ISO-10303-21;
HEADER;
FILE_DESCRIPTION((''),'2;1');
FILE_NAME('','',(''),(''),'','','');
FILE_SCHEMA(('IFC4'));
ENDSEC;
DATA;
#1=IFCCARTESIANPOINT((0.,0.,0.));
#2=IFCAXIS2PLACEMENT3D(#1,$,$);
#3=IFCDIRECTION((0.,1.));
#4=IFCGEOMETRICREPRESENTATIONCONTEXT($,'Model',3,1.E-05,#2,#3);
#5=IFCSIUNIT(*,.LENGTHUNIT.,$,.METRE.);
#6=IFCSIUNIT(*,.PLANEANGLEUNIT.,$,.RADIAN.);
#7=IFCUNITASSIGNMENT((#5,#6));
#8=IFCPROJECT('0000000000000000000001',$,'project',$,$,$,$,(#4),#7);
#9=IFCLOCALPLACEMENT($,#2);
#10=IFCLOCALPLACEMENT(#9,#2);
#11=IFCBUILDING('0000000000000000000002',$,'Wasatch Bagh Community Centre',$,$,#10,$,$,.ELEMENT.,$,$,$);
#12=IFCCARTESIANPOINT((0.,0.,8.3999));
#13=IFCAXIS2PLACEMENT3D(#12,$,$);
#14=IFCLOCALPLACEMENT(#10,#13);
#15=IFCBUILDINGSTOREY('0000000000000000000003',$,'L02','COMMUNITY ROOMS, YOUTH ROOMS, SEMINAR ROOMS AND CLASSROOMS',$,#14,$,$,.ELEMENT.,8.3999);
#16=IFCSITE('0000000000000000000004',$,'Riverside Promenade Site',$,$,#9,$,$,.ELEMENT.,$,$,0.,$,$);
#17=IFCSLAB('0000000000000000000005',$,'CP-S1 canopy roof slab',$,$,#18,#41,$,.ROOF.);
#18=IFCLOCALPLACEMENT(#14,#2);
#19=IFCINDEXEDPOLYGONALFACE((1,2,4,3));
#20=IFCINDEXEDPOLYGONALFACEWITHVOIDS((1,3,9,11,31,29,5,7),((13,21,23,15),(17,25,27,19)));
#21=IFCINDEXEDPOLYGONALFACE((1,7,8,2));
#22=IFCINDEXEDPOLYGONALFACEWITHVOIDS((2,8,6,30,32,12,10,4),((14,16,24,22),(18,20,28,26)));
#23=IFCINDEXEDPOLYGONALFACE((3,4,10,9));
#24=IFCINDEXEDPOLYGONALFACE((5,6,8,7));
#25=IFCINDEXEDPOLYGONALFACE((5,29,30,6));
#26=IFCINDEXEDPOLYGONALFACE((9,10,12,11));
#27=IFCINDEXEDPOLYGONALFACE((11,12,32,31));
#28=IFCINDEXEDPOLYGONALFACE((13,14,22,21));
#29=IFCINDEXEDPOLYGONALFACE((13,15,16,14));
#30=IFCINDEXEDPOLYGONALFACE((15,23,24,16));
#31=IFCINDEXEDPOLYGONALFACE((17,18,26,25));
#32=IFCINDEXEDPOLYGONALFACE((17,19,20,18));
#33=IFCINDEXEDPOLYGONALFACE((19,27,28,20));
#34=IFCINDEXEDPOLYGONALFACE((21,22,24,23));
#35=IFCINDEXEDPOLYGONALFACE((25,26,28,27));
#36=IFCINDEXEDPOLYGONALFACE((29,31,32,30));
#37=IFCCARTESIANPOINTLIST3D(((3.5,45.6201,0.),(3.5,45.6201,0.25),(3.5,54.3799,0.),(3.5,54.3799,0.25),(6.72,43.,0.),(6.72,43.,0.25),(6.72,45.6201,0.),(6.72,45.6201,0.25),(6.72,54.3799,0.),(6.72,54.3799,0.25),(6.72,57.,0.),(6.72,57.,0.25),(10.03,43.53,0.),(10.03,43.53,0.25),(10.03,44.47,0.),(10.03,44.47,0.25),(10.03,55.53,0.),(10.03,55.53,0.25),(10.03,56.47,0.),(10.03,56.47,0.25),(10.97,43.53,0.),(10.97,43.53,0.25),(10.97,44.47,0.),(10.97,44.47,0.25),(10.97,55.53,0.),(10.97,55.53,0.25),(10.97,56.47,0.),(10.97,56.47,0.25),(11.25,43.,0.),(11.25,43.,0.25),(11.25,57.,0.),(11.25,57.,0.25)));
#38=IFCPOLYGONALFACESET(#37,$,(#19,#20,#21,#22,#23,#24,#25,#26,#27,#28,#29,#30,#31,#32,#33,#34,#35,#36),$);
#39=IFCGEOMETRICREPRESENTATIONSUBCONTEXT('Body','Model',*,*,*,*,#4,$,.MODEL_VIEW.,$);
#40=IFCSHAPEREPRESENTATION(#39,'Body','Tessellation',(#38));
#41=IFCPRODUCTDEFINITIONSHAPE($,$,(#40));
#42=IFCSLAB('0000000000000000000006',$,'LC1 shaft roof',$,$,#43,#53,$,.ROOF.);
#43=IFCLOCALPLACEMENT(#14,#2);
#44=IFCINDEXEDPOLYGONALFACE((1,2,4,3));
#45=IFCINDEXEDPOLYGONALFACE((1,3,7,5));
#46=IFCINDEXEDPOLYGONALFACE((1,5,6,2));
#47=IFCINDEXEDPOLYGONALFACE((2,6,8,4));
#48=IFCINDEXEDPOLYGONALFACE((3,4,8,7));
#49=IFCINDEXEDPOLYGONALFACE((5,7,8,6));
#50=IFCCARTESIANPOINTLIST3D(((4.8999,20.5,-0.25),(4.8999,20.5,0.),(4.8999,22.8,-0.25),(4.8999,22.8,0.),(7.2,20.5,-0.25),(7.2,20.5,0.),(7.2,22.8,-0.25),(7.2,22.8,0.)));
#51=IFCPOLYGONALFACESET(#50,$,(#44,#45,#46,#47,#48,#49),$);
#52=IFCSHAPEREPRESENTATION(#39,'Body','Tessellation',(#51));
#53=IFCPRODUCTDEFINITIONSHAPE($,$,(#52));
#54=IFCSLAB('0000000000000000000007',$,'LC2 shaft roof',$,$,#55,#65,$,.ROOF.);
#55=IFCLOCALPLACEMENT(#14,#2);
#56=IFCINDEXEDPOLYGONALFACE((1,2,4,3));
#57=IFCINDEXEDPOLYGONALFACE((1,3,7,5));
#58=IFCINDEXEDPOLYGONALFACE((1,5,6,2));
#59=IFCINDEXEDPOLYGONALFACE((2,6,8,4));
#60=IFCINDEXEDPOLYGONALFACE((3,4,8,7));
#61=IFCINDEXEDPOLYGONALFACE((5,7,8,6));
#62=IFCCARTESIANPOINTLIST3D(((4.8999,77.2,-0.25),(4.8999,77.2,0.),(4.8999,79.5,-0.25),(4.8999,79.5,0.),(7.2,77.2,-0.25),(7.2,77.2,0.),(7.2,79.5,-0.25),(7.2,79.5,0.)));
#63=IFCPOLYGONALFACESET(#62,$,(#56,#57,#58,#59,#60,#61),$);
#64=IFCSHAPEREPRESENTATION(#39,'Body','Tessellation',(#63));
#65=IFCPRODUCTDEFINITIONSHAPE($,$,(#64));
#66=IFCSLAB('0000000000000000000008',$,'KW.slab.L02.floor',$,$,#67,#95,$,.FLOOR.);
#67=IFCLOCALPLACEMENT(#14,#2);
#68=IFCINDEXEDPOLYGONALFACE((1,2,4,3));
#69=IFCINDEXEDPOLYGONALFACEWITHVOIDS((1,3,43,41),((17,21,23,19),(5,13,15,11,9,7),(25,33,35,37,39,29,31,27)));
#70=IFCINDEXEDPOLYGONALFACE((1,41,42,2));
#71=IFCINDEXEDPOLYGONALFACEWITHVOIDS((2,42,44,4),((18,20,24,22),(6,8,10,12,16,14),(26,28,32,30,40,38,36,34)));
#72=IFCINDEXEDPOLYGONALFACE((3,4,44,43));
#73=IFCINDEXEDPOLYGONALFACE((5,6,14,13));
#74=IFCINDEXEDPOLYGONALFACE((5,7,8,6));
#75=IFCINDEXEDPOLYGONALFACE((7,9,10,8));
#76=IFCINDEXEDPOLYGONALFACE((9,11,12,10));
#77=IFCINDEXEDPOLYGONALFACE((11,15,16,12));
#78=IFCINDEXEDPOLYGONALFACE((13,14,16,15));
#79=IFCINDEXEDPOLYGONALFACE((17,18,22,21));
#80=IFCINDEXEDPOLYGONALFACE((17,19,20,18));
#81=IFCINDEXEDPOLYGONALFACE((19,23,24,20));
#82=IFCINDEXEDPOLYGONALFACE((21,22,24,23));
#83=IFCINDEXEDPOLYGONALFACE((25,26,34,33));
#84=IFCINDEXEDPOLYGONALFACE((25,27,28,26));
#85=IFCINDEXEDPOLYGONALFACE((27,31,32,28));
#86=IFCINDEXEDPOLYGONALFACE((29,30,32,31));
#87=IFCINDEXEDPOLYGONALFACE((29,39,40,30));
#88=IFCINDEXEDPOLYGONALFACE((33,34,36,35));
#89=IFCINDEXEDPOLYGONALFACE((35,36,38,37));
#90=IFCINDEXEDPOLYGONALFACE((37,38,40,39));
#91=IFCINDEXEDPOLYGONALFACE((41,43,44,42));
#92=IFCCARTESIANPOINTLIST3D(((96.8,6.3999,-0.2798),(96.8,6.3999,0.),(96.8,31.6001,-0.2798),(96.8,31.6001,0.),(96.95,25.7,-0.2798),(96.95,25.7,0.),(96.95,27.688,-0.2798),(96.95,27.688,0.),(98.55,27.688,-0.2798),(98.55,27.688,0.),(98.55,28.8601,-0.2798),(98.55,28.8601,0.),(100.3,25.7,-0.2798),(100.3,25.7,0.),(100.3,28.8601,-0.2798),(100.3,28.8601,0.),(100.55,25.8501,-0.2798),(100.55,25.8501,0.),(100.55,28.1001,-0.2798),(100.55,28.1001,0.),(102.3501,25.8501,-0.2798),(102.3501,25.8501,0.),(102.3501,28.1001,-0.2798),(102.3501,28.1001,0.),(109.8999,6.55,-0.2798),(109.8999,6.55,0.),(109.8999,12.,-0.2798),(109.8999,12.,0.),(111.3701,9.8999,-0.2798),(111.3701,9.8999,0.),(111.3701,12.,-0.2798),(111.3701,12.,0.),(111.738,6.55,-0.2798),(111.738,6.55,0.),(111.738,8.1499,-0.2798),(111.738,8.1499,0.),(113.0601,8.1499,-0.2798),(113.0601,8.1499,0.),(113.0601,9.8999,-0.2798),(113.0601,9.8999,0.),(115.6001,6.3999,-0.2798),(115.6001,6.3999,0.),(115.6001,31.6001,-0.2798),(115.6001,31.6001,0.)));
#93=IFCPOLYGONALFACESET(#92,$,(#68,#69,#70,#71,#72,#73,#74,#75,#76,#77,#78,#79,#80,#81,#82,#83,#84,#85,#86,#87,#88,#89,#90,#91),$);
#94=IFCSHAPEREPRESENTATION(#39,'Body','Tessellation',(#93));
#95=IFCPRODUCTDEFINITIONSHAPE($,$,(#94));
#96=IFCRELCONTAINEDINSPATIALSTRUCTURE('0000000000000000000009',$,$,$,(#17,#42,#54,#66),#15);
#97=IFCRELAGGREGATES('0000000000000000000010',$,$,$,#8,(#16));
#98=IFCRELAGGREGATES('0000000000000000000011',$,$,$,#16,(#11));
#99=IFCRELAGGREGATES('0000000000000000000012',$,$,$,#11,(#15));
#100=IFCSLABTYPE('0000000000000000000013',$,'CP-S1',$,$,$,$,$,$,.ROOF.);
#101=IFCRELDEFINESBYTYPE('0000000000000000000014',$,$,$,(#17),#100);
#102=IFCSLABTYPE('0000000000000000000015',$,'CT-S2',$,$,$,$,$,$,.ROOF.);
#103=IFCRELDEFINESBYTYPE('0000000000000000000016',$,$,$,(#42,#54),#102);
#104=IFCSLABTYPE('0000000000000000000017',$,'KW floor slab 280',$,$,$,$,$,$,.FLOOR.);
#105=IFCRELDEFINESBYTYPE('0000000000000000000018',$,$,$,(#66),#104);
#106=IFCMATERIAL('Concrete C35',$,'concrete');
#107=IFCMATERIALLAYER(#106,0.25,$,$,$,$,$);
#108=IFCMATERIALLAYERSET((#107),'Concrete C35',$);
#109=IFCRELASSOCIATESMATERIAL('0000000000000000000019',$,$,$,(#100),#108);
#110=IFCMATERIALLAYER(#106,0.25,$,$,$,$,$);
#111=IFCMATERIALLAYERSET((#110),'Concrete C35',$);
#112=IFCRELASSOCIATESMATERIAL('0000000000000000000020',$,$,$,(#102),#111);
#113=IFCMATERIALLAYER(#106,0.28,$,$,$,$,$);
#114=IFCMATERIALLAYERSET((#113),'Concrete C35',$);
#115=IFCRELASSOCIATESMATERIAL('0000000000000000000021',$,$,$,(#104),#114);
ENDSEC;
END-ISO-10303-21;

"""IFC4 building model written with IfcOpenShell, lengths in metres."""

from ifc_helpers import new_model, si_unit, direction, frame, origin, place, context, subcontext, project, spatial, polyline, outline, extrude, material, layer, layer_set, type_object, element, save


model = new_model("IFC4")

# Units and contexts
model_context = context("Model", 3, precision=1e-05, world=origin(), true_north=direction((0.0, 1.0)))
body_context = subcontext(model_context, "Body", "Model", "MODEL_VIEW")
ifc_project = project(units=[si_unit("LENGTHUNIT", "METRE"), si_unit("PLANEANGLEUNIT", "RADIAN")], contexts=[model_context])

# Site, building, storey
site_placement = place(None, origin())
site = spatial("IfcSite", under=ifc_project, at=site_placement, Name="Riverside Promenade Site", CompositionType="ELEMENT", RefElevation=0.0)
building_placement = place(site_placement, origin())
building = spatial("IfcBuilding", under=site, at=building_placement, Name="Wasatch Bagh Community Centre", CompositionType="ELEMENT")
storey_placement = place(building_placement, frame((0.0, 0.0, 8.3999)))
storey = spatial("IfcBuildingStorey", under=building, at=storey_placement, Name="L02", Description="COMMUNITY ROOMS, YOUTH ROOMS, SEMINAR ROOMS AND CLASSROOMS", CompositionType="ELEMENT", Elevation=8.3999)

# Slabs
ifc_material_1 = material(Name="Concrete C35", Category="concrete")
ifc_layer_1 = layer(ifc_material_1, 0.25)
ifc_layer_set_1 = layer_set([ifc_layer_1], Name="Concrete C35")
slab_type_1 = type_object("IfcSlabType", Name="CP-S1", PredefinedType="ROOF", material=ifc_layer_set_1)
slab_1_placement = place(storey_placement, origin())
element("IfcSlab", 1, at=slab_1_placement, inside=storey, type_object=slab_type_1, Name="CP-S1 canopy roof slab", PredefinedType="ROOF", context=body_context, shape_type="SweptSolid", body=[
    extrude(outline(polyline([(11.25, 57.0), (11.25, 43.0), (6.72, 43.0), (6.72, 45.6201), (3.5, 45.6201), (3.5, 54.3799), (6.72, 54.3799), (6.72, 57.0), (11.25, 57.0)]), holes=[polyline([(10.03, 43.53), (10.97, 43.53), (10.97, 44.47), (10.03, 44.47), (10.03, 43.53)]), polyline([(10.03, 55.53), (10.97, 55.53), (10.97, 56.47), (10.03, 56.47), (10.03, 55.53)])]), origin(), (0.0, 0.0, 1.0), 0.25),
])
ifc_layer_2 = layer(ifc_material_1, 0.25)
ifc_layer_set_2 = layer_set([ifc_layer_2], Name="Concrete C35")
slab_type_2 = type_object("IfcSlabType", Name="CT-S2", PredefinedType="ROOF", material=ifc_layer_set_2)
slab_2_placement = place(storey_placement, frame((0.0, 0.0, -0.25)))
element("IfcSlab", 2, at=slab_2_placement, inside=storey, type_object=slab_type_2, Name="LC1 shaft roof", PredefinedType="ROOF", context=body_context, shape_type="SweptSolid", body=[
    extrude(outline(polyline([(4.8999, 20.5), (7.2, 20.5), (7.2, 22.8), (4.8999, 22.8), (4.8999, 20.5)])), origin(), (0.0, 0.0, 1.0), 0.25),
])
slab_3_placement = place(storey_placement, frame((0.0, 0.0, -0.25)))
element("IfcSlab", 3, at=slab_3_placement, inside=storey, type_object=slab_type_2, Name="LC2 shaft roof", PredefinedType="ROOF", context=body_context, shape_type="SweptSolid", body=[
    extrude(outline(polyline([(4.8999, 77.2), (7.2, 77.2), (7.2, 79.5), (4.8999, 79.5), (4.8999, 77.2)])), origin(), (0.0, 0.0, 1.0), 0.25),
])
ifc_layer_3 = layer(ifc_material_1, 0.28)
ifc_layer_set_3 = layer_set([ifc_layer_3], Name="Concrete C35")
slab_type_3 = type_object("IfcSlabType", Name="KW floor slab 280", PredefinedType="FLOOR", material=ifc_layer_set_3)
slab_4_placement = place(storey_placement, frame((0.0, 0.0, -0.2798)))
element("IfcSlab", 4, at=slab_4_placement, inside=storey, type_object=slab_type_3, Name="KW.slab.L02.floor", PredefinedType="FLOOR", context=body_context, shape_type="SweptSolid", body=[
    extrude(outline(polyline([(96.8, 6.3999), (115.6001, 6.3999), (115.6001, 31.6001), (96.8, 31.6001), (96.8, 6.3999)]), holes=[polyline([(96.95, 27.688), (96.95, 25.7), (100.3, 25.7), (100.3, 28.8601), (98.55, 28.8601), (98.55, 27.688), (96.95, 27.688)]), polyline([(111.738, 6.55), (109.8999, 6.55), (109.8999, 12.0), (111.3701, 12.0), (111.3701, 9.8999), (113.0601, 9.8999), (113.0601, 8.1499), (111.738, 8.1499), (111.738, 6.55)]), polyline([(100.55, 25.8501), (102.3501, 25.8501), (102.3501, 28.1001), (100.55, 28.1001), (100.55, 25.8501)])]), origin(), (0.0, 0.0, 1.0), 0.2798),
])

save(model, "model.ifc")
